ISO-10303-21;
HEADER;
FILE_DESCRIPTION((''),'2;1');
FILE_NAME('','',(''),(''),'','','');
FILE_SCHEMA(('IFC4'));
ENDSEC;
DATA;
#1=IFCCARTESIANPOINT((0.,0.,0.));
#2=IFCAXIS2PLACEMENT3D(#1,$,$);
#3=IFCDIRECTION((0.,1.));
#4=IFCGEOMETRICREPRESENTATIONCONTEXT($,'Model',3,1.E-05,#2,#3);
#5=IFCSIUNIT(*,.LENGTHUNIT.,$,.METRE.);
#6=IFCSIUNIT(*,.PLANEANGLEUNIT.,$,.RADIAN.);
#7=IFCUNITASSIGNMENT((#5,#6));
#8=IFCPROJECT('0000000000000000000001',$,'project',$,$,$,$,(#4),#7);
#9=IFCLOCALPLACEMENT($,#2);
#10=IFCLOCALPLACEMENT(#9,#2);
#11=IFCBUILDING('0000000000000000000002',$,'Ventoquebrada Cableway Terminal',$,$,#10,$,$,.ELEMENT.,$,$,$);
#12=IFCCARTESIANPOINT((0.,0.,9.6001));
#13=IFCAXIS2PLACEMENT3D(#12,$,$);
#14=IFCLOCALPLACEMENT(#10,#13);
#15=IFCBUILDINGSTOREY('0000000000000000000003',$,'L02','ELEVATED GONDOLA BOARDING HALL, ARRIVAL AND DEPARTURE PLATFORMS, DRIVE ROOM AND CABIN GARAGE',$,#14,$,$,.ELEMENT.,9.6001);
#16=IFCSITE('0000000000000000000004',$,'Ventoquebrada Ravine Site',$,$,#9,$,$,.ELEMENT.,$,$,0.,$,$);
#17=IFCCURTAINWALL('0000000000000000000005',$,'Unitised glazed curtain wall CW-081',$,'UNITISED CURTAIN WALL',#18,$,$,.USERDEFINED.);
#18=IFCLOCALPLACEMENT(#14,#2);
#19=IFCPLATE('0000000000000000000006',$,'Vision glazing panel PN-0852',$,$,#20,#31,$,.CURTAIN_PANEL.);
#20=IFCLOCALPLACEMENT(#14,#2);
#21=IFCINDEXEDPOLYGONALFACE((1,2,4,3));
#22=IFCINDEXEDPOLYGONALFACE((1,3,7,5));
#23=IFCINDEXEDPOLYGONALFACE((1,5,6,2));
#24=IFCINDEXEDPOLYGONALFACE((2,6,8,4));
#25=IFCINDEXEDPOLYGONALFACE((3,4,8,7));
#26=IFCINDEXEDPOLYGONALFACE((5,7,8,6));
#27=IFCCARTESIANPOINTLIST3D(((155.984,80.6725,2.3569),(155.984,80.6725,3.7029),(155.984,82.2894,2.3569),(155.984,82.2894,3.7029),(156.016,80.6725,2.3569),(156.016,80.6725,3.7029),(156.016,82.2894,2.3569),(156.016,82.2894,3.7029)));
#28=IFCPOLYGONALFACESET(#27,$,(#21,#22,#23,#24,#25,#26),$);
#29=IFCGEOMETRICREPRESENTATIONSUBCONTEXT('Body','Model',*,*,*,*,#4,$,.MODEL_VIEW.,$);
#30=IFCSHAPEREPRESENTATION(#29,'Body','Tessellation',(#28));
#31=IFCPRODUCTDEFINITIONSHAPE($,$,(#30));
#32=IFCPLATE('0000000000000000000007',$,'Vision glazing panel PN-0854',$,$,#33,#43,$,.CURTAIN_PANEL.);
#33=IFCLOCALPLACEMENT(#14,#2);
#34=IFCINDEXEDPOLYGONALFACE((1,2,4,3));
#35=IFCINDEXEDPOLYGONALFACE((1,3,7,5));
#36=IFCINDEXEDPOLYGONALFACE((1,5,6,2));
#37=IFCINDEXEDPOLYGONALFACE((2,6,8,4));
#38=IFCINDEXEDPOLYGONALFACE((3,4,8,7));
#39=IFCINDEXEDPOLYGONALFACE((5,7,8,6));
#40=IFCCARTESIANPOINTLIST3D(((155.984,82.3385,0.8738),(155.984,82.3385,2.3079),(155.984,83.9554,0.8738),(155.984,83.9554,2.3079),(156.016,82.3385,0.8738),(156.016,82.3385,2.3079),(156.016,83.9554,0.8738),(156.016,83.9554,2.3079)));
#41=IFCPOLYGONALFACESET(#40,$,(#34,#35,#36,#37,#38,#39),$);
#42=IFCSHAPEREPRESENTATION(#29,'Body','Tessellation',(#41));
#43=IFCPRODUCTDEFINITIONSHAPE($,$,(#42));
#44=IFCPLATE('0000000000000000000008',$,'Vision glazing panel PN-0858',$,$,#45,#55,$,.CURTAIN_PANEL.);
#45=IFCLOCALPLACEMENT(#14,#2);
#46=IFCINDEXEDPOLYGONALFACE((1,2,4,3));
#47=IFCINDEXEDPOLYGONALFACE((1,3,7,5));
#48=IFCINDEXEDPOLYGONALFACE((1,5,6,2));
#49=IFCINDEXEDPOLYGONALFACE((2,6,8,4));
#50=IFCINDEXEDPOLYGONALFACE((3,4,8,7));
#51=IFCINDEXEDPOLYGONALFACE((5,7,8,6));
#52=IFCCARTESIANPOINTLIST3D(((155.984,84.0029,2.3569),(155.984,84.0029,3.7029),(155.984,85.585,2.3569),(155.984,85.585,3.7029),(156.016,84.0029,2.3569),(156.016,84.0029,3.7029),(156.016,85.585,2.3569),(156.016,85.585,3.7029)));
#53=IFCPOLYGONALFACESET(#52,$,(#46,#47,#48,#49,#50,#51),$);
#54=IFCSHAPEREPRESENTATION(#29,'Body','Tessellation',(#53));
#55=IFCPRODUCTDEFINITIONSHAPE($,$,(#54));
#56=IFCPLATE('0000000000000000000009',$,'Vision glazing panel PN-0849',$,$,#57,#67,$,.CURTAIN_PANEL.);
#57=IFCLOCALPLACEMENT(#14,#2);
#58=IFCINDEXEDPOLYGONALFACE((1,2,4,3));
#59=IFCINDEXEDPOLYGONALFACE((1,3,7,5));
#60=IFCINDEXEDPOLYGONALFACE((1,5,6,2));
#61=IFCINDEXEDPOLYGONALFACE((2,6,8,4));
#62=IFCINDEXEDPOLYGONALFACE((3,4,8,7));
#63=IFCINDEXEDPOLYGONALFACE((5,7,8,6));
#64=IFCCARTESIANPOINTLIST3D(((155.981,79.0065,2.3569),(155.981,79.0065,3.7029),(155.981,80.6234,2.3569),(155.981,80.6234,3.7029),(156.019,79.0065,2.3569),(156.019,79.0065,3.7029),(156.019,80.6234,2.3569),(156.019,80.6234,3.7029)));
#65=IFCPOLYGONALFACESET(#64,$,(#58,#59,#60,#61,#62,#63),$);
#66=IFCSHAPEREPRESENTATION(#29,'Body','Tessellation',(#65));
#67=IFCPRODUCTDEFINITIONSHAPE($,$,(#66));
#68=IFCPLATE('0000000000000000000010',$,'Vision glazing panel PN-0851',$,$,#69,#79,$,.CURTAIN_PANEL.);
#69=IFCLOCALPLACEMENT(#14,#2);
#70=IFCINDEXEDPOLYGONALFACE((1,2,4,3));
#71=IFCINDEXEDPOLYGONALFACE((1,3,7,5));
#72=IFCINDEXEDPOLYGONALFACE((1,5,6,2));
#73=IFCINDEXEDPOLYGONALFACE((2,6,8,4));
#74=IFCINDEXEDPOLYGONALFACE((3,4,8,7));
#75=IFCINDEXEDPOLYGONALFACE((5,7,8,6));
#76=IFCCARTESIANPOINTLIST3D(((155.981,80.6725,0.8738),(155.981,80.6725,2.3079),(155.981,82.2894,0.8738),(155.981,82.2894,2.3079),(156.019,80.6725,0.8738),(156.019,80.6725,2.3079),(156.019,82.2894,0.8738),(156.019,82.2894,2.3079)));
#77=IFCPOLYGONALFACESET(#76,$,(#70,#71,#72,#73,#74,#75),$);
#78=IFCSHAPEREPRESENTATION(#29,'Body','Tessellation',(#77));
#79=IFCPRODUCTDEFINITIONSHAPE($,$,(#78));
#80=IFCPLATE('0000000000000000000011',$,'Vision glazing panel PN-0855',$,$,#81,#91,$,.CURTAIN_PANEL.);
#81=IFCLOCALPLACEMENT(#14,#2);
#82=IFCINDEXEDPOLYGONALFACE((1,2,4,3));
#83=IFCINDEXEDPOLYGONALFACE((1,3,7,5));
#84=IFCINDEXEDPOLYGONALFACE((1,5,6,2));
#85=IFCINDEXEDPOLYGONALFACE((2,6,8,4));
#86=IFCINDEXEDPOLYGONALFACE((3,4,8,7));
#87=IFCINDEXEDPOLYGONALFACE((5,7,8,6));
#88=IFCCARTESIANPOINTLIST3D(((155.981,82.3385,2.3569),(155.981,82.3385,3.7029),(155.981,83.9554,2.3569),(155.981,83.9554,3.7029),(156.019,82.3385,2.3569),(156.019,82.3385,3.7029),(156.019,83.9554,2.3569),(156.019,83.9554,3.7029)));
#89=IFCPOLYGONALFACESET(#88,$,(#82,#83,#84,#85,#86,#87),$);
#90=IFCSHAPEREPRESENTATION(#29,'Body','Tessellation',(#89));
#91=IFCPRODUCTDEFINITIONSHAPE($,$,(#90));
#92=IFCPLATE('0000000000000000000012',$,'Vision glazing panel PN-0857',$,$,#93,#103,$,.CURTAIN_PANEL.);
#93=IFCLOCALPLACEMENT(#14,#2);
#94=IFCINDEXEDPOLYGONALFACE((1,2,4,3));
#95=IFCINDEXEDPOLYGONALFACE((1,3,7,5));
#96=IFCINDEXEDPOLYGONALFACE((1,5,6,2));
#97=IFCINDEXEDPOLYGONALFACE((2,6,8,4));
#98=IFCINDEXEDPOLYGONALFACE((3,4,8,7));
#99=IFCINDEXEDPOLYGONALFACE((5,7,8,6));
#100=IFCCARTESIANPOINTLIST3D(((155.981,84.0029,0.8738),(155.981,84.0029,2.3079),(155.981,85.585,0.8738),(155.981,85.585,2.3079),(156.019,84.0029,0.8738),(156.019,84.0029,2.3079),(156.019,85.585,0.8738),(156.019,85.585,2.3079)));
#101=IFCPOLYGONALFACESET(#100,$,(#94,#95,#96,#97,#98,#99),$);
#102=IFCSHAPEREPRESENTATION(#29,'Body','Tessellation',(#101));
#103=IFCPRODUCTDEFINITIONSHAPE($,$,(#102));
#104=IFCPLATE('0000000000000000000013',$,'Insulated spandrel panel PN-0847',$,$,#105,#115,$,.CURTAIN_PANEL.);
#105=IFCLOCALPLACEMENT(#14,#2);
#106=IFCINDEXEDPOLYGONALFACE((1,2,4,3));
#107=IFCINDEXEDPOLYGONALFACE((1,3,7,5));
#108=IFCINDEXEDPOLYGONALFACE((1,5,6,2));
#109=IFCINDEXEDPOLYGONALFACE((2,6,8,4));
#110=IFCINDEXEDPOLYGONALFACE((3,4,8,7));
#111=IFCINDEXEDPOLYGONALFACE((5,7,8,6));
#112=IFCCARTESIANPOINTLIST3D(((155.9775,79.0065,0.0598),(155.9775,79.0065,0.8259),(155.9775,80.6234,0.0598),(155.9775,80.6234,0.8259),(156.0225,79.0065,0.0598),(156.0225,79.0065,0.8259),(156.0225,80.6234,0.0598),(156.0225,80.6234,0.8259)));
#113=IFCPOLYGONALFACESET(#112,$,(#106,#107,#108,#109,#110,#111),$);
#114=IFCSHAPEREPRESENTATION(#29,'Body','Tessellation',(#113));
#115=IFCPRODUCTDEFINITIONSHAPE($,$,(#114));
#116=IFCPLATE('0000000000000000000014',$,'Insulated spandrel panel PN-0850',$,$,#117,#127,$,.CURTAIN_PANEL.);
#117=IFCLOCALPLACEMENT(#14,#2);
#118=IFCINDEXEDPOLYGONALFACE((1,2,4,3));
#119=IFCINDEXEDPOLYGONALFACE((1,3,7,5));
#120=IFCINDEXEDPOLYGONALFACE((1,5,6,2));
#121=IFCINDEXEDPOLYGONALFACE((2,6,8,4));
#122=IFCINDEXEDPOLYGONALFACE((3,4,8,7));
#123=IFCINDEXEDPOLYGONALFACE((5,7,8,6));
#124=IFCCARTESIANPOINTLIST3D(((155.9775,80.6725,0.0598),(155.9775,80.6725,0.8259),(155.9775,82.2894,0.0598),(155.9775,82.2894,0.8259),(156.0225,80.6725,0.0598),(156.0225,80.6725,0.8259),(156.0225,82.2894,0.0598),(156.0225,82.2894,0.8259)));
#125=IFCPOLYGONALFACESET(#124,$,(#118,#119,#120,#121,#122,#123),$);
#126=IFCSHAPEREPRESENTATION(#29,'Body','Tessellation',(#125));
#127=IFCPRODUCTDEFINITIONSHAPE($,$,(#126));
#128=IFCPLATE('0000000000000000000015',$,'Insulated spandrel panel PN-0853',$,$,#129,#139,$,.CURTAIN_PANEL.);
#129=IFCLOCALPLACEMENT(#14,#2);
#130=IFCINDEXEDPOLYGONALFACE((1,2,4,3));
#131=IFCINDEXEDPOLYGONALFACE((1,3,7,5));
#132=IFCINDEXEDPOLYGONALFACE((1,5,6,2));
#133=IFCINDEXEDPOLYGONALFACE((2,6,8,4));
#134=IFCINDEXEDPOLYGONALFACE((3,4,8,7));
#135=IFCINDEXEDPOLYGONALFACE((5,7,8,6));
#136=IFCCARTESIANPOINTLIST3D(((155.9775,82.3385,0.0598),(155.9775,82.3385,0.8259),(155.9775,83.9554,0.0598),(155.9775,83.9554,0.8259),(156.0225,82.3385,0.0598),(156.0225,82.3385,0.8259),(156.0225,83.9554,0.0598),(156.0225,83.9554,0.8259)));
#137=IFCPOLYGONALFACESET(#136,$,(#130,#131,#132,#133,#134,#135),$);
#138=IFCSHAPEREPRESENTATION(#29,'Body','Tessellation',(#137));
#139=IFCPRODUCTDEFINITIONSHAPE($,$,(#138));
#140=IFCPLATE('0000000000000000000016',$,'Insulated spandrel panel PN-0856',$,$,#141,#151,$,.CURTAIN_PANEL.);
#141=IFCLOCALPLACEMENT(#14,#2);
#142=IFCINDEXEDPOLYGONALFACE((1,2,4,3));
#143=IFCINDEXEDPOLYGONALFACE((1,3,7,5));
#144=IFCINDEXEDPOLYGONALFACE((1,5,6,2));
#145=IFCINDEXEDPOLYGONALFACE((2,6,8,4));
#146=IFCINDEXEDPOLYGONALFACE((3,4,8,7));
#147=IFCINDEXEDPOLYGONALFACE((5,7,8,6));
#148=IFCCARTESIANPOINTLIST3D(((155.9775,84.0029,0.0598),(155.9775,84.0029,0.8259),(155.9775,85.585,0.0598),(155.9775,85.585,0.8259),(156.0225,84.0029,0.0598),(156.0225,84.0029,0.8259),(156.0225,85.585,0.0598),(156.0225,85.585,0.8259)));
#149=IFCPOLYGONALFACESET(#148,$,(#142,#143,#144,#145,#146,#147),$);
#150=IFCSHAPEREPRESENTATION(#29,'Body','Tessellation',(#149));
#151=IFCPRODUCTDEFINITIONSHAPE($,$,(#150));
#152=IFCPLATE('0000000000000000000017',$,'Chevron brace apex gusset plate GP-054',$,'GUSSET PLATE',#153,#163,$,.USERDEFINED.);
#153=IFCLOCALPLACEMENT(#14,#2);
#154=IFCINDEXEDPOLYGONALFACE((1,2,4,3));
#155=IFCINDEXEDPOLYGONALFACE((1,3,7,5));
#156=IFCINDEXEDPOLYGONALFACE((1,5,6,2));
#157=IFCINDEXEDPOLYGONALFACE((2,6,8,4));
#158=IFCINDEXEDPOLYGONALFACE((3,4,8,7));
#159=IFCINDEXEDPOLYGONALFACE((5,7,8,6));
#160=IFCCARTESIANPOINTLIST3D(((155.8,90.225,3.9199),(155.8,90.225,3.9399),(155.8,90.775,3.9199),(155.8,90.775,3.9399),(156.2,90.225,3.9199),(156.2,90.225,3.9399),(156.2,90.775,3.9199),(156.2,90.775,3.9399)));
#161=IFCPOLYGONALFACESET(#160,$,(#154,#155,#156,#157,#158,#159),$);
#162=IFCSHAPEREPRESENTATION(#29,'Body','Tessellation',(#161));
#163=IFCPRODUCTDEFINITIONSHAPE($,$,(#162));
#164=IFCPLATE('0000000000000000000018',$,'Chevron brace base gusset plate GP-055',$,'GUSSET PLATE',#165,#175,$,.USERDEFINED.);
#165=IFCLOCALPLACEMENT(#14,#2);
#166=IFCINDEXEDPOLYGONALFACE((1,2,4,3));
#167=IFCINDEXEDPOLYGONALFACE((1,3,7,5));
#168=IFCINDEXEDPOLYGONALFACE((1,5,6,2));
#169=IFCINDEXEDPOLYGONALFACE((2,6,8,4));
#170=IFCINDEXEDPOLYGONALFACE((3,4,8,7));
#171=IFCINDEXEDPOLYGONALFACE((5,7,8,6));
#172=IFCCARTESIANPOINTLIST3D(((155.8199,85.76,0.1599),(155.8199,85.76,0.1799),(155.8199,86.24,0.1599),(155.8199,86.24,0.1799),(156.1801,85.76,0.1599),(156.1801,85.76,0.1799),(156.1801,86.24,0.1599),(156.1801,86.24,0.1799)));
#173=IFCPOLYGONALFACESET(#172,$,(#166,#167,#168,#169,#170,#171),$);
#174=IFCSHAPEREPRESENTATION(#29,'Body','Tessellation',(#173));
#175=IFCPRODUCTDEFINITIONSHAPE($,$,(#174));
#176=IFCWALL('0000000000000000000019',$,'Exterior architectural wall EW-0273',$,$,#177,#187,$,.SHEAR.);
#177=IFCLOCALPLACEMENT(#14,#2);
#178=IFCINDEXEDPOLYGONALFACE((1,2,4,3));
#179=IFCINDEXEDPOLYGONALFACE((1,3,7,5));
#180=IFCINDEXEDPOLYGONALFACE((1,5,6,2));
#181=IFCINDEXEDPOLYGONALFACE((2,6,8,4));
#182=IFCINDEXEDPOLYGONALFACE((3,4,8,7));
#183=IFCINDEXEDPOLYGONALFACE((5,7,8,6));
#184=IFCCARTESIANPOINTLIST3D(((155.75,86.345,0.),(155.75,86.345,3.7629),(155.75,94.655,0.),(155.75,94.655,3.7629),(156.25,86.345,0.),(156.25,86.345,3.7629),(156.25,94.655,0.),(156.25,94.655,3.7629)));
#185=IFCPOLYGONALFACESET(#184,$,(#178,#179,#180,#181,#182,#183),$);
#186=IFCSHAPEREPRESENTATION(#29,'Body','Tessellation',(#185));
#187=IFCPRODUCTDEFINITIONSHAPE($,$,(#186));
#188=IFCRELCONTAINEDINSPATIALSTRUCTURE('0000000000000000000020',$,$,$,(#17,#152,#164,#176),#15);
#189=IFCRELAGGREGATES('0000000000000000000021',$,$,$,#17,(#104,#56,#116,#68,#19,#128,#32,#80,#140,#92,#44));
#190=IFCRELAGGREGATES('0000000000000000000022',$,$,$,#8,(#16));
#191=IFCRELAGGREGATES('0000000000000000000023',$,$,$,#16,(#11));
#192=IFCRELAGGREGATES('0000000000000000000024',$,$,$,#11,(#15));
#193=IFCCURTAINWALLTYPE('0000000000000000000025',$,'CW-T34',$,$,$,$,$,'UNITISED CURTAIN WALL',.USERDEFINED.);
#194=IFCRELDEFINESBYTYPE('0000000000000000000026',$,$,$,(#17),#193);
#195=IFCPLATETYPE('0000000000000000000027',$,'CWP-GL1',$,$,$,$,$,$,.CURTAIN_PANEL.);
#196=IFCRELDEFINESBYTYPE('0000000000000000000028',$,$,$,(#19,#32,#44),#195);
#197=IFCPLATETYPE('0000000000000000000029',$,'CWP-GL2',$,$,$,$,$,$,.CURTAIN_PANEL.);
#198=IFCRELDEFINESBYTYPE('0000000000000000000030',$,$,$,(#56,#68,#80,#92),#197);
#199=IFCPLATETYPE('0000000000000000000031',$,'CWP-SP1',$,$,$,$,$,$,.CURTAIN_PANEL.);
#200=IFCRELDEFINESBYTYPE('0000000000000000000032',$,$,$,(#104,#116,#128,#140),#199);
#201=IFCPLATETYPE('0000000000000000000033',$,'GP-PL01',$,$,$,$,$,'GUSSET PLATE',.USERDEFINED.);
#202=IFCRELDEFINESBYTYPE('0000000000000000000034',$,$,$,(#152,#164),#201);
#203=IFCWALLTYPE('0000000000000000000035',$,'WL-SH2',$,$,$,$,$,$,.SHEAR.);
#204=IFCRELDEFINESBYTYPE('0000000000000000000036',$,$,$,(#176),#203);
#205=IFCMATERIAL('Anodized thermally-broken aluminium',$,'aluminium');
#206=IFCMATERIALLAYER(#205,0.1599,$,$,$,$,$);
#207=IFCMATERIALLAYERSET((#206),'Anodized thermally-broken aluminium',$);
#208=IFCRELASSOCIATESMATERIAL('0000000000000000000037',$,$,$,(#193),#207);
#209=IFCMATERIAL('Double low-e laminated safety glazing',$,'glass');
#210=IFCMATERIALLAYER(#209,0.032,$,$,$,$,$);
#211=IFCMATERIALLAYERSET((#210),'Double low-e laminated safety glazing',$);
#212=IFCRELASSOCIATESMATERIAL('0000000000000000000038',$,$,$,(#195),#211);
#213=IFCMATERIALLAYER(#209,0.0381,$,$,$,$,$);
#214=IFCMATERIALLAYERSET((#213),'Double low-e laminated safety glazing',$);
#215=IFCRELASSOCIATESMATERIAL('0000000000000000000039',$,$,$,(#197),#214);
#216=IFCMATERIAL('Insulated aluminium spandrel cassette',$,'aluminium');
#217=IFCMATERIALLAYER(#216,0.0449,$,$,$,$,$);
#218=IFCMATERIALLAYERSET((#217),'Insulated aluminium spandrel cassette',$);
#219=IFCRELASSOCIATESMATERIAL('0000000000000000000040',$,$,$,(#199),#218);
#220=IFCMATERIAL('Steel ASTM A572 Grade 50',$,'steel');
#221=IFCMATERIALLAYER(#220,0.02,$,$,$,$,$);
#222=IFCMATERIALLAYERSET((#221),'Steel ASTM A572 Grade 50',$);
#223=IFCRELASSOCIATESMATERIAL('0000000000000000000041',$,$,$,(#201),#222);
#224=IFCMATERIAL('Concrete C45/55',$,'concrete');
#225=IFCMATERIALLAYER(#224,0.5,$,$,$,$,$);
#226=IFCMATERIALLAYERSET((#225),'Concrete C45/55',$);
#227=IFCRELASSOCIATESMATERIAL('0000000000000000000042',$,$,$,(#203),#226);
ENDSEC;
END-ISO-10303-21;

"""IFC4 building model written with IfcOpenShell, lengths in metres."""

from ifc_helpers import new_model, si_unit, direction, frame, frame_2d, origin, origin_2d, place, context, subcontext, project, spatial, rectangle, extrude, material, layer, layer_set, type_object, element, aggregate, save


model = new_model("IFC4")

# Units and contexts
model_context = context("Model", 3, precision=1e-05, world=origin(), true_north=direction((0.0, 1.0)))
body_context = subcontext(model_context, "Body", "Model", "MODEL_VIEW")
ifc_project = project(units=[si_unit("LENGTHUNIT", "METRE"), si_unit("PLANEANGLEUNIT", "RADIAN")], contexts=[model_context])

# Site, building, storey
site_placement = place(None, origin())
site = spatial("IfcSite", under=ifc_project, at=site_placement, Name="Ventoquebrada Ravine Site", CompositionType="ELEMENT", RefElevation=0.0)
building_placement = place(site_placement, origin())
building = spatial("IfcBuilding", under=site, at=building_placement, Name="Ventoquebrada Cableway Terminal", CompositionType="ELEMENT")
storey_placement = place(building_placement, frame((0.0, 0.0, 9.6001)))
storey = spatial("IfcBuildingStorey", under=building, at=storey_placement, Name="L02", Description="ELEVATED GONDOLA BOARDING HALL, ARRIVAL AND DEPARTURE PLATFORMS, DRIVE ROOM AND CABIN GARAGE", CompositionType="ELEMENT", Elevation=9.6001)

# Curtain wall, plates
ifc_material_1 = material(Name="Anodized thermally-broken aluminium", Category="aluminium")
ifc_layer_1 = layer(ifc_material_1, 0.1599)
ifc_layer_set_1 = layer_set([ifc_layer_1], Name="Anodized thermally-broken aluminium")
curtain_wall_type = type_object("IfcCurtainWallType", Name="CW-T34", ElementType="UNITISED CURTAIN WALL", PredefinedType="USERDEFINED", material=ifc_layer_set_1)
curtain_wall_placement = place(storey_placement, origin())
curtain_wall = element("IfcCurtainWall", 1, at=curtain_wall_placement, inside=storey, type_object=curtain_wall_type, Name="Unitised glazed curtain wall CW-081", ObjectType="UNITISED CURTAIN WALL", PredefinedType="USERDEFINED")
ifc_material_2 = material(Name="Double low-e laminated safety glazing", Category="glass")
ifc_layer_2 = layer(ifc_material_2, 0.032)
ifc_layer_set_2 = layer_set([ifc_layer_2], Name="Double low-e laminated safety glazing")
plate_type_1 = type_object("IfcPlateType", Name="CWP-GL1", PredefinedType="CURTAIN_PANEL", material=ifc_layer_set_2)
plate_1_placement = place(storey_placement, frame((156.0, 81.481, 2.3569), z_axis=(0.0, 0.0, 1.0), x_axis=(0.0, 1.0, 0.0)))
plate_1 = element("IfcPlate", 2, at=plate_1_placement, type_object=plate_type_1, Name="Vision glazing panel PN-0852", PredefinedType="CURTAIN_PANEL", context=body_context, shape_type="SweptSolid", body=[
    extrude(rectangle(XDim=1.6169, YDim=0.032, at=origin_2d()), origin(), (0.0, 0.0, 1.0), 1.3459),
])
plate_2_placement = place(storey_placement, frame((156.0, 83.147, 0.8738), z_axis=(0.0, 0.0, 1.0), x_axis=(0.0, 1.0, 0.0)))
plate_2 = element("IfcPlate", 3, at=plate_2_placement, type_object=plate_type_1, Name="Vision glazing panel PN-0854", PredefinedType="CURTAIN_PANEL", context=body_context, shape_type="SweptSolid", body=[
    extrude(rectangle(XDim=1.6169, YDim=0.032, at=origin_2d()), origin(), (0.0, 0.0, 1.0), 1.4341),
])
plate_3_placement = place(storey_placement, frame((156.0, 84.7939, 2.3569), z_axis=(0.0, 0.0, 1.0), x_axis=(0.0, 1.0, 0.0)))
plate_3 = element("IfcPlate", 4, at=plate_3_placement, type_object=plate_type_1, Name="Vision glazing panel PN-0858", PredefinedType="CURTAIN_PANEL", context=body_context, shape_type="SweptSolid", body=[
    extrude(rectangle(XDim=1.582, YDim=0.032, at=origin_2d()), origin(), (0.0, 0.0, 1.0), 1.3459),
])
ifc_layer_3 = layer(ifc_material_2, 0.0381)
ifc_layer_set_3 = layer_set([ifc_layer_3], Name="Double low-e laminated safety glazing")
plate_type_2 = type_object("IfcPlateType", Name="CWP-GL2", PredefinedType="CURTAIN_PANEL", material=ifc_layer_set_3)
plate_4_placement = place(storey_placement, frame((156.0, 79.8149, 2.3569), z_axis=(0.0, 0.0, 1.0), x_axis=(0.0, 1.0, 0.0)))
plate_4 = element("IfcPlate", 5, at=plate_4_placement, type_object=plate_type_2, Name="Vision glazing panel PN-0849", PredefinedType="CURTAIN_PANEL", context=body_context, shape_type="SweptSolid", body=[
    extrude(rectangle(XDim=1.6169, YDim=0.0381, at=origin_2d()), origin(), (0.0, 0.0, 1.0), 1.3459),
])
plate_5_placement = place(storey_placement, frame((156.0, 81.481, 0.8738), z_axis=(0.0, 0.0, 1.0), x_axis=(0.0, 1.0, 0.0)))
plate_5 = element("IfcPlate", 6, at=plate_5_placement, type_object=plate_type_2, Name="Vision glazing panel PN-0851", PredefinedType="CURTAIN_PANEL", context=body_context, shape_type="SweptSolid", body=[
    extrude(rectangle(XDim=1.6169, YDim=0.0381, at=origin_2d()), origin(), (0.0, 0.0, 1.0), 1.4341),
])
plate_6_placement = place(storey_placement, frame((156.0, 83.147, 2.3569), z_axis=(0.0, 0.0, 1.0), x_axis=(0.0, 1.0, 0.0)))
plate_6 = element("IfcPlate", 7, at=plate_6_placement, type_object=plate_type_2, Name="Vision glazing panel PN-0855", PredefinedType="CURTAIN_PANEL", context=body_context, shape_type="SweptSolid", body=[
    extrude(rectangle(XDim=1.6169, YDim=0.0381, at=origin_2d()), origin(), (0.0, 0.0, 1.0), 1.3459),
])
plate_7_placement = place(storey_placement, frame((156.0, 84.7939, 0.8738), z_axis=(0.0, 0.0, 1.0), x_axis=(0.0, 1.0, 0.0)))
plate_7 = element("IfcPlate", 8, at=plate_7_placement, type_object=plate_type_2, Name="Vision glazing panel PN-0857", PredefinedType="CURTAIN_PANEL", context=body_context, shape_type="SweptSolid", body=[
    extrude(rectangle(XDim=1.582, YDim=0.0381, at=origin_2d()), origin(), (0.0, 0.0, 1.0), 1.4341),
])
ifc_material_3 = material(Name="Insulated aluminium spandrel cassette", Category="aluminium")
ifc_layer_4 = layer(ifc_material_3, 0.0449)
ifc_layer_set_4 = layer_set([ifc_layer_4], Name="Insulated aluminium spandrel cassette")
plate_type_3 = type_object("IfcPlateType", Name="CWP-SP1", PredefinedType="CURTAIN_PANEL", material=ifc_layer_set_4)
plate_8_placement = place(storey_placement, frame((156.0, 79.8149, 0.0598), z_axis=(0.0, 0.0, 1.0), x_axis=(0.0, 1.0, 0.0)))
plate_8 = element("IfcPlate", 9, at=plate_8_placement, type_object=plate_type_3, Name="Insulated spandrel panel PN-0847", PredefinedType="CURTAIN_PANEL", context=body_context, shape_type="SweptSolid", body=[
    extrude(rectangle(XDim=1.6169, YDim=0.0449, at=origin_2d()), origin(), (0.0, 0.0, 1.0), 0.7661),
])
plate_9_placement = place(storey_placement, frame((156.0, 81.481, 0.0598), z_axis=(0.0, 0.0, 1.0), x_axis=(0.0, 1.0, 0.0)))
plate_9 = element("IfcPlate", 10, at=plate_9_placement, type_object=plate_type_3, Name="Insulated spandrel panel PN-0850", PredefinedType="CURTAIN_PANEL", context=body_context, shape_type="SweptSolid", body=[
    extrude(rectangle(XDim=1.6169, YDim=0.0449, at=origin_2d()), origin(), (0.0, 0.0, 1.0), 0.7661),
])
plate_10_placement = place(storey_placement, frame((156.0, 83.147, 0.0598), z_axis=(0.0, 0.0, 1.0), x_axis=(0.0, 1.0, 0.0)))
plate_10 = element("IfcPlate", 11, at=plate_10_placement, type_object=plate_type_3, Name="Insulated spandrel panel PN-0853", PredefinedType="CURTAIN_PANEL", context=body_context, shape_type="SweptSolid", body=[
    extrude(rectangle(XDim=1.6169, YDim=0.0449, at=origin_2d()), origin(), (0.0, 0.0, 1.0), 0.7661),
])
plate_11_placement = place(storey_placement, frame((156.0, 84.7939, 0.0598), z_axis=(0.0, 0.0, 1.0), x_axis=(0.0, 1.0, 0.0)))
plate_11 = element("IfcPlate", 12, at=plate_11_placement, type_object=plate_type_3, Name="Insulated spandrel panel PN-0856", PredefinedType="CURTAIN_PANEL", context=body_context, shape_type="SweptSolid", body=[
    extrude(rectangle(XDim=1.582, YDim=0.0449, at=origin_2d()), origin(), (0.0, 0.0, 1.0), 0.7661),
])
aggregate(curtain_wall, [plate_8, plate_4, plate_9, plate_5, plate_1, plate_10, plate_2, plate_6, plate_11, plate_7, plate_3])

# Plates
ifc_material_4 = material(Name="Steel ASTM A572 Grade 50", Category="steel")
ifc_layer_5 = layer(ifc_material_4, 0.02)
ifc_layer_set_5 = layer_set([ifc_layer_5], Name="Steel ASTM A572 Grade 50")
plate_type_4 = type_object("IfcPlateType", Name="GP-PL01", ElementType="GUSSET PLATE", PredefinedType="USERDEFINED", material=ifc_layer_set_5)
plate_12_placement = place(storey_placement, frame((156.0, 90.5, 3.9199), z_axis=(0.0, 0.0, 1.0), x_axis=(0.0, 1.0, 0.0)))
element("IfcPlate", 13, at=plate_12_placement, inside=storey, type_object=plate_type_4, Name="Chevron brace apex gusset plate GP-054", ObjectType="GUSSET PLATE", PredefinedType="USERDEFINED", context=body_context, shape_type="SweptSolid", body=[
    extrude(rectangle(XDim=0.55, YDim=0.3999, at=origin_2d()), origin(), (0.0, 0.0, 1.0), 0.02),
])
plate_13_placement = place(storey_placement, frame((156.0, 86.0, 0.1599), z_axis=(0.0, 0.0, 1.0), x_axis=(0.0, 1.0, 0.0)))
element("IfcPlate", 14, at=plate_13_placement, inside=storey, type_object=plate_type_4, Name="Chevron brace base gusset plate GP-055", ObjectType="GUSSET PLATE", PredefinedType="USERDEFINED", context=body_context, shape_type="SweptSolid", body=[
    extrude(rectangle(XDim=0.48, YDim=0.3601, at=origin_2d()), origin(), (0.0, 0.0, 1.0), 0.02),
])

# Wall
ifc_material_5 = material(Name="Concrete C45/55", Category="concrete")
ifc_layer_6 = layer(ifc_material_5, 0.5)
ifc_layer_set_6 = layer_set([ifc_layer_6], Name="Concrete C45/55")
wall_type = type_object("IfcWallType", Name="WL-SH2", PredefinedType="SHEAR", material=ifc_layer_set_6)
wall_placement = place(storey_placement, frame((156.0, 86.345, 0.0), z_axis=(0.0, 0.0, 1.0), x_axis=(0.0, 1.0, 0.0)))
element("IfcWall", 15, at=wall_placement, inside=storey, type_object=wall_type, Name="Exterior architectural wall EW-0273", PredefinedType="SHEAR", context=body_context, shape_type="SweptSolid", body=[
    extrude(rectangle(XDim=8.3101, YDim=0.5, at=frame_2d((4.155, 0.0))), origin(), (0.0, 0.0, 1.0), 3.7629),
])

save(model, "model.ifc")
